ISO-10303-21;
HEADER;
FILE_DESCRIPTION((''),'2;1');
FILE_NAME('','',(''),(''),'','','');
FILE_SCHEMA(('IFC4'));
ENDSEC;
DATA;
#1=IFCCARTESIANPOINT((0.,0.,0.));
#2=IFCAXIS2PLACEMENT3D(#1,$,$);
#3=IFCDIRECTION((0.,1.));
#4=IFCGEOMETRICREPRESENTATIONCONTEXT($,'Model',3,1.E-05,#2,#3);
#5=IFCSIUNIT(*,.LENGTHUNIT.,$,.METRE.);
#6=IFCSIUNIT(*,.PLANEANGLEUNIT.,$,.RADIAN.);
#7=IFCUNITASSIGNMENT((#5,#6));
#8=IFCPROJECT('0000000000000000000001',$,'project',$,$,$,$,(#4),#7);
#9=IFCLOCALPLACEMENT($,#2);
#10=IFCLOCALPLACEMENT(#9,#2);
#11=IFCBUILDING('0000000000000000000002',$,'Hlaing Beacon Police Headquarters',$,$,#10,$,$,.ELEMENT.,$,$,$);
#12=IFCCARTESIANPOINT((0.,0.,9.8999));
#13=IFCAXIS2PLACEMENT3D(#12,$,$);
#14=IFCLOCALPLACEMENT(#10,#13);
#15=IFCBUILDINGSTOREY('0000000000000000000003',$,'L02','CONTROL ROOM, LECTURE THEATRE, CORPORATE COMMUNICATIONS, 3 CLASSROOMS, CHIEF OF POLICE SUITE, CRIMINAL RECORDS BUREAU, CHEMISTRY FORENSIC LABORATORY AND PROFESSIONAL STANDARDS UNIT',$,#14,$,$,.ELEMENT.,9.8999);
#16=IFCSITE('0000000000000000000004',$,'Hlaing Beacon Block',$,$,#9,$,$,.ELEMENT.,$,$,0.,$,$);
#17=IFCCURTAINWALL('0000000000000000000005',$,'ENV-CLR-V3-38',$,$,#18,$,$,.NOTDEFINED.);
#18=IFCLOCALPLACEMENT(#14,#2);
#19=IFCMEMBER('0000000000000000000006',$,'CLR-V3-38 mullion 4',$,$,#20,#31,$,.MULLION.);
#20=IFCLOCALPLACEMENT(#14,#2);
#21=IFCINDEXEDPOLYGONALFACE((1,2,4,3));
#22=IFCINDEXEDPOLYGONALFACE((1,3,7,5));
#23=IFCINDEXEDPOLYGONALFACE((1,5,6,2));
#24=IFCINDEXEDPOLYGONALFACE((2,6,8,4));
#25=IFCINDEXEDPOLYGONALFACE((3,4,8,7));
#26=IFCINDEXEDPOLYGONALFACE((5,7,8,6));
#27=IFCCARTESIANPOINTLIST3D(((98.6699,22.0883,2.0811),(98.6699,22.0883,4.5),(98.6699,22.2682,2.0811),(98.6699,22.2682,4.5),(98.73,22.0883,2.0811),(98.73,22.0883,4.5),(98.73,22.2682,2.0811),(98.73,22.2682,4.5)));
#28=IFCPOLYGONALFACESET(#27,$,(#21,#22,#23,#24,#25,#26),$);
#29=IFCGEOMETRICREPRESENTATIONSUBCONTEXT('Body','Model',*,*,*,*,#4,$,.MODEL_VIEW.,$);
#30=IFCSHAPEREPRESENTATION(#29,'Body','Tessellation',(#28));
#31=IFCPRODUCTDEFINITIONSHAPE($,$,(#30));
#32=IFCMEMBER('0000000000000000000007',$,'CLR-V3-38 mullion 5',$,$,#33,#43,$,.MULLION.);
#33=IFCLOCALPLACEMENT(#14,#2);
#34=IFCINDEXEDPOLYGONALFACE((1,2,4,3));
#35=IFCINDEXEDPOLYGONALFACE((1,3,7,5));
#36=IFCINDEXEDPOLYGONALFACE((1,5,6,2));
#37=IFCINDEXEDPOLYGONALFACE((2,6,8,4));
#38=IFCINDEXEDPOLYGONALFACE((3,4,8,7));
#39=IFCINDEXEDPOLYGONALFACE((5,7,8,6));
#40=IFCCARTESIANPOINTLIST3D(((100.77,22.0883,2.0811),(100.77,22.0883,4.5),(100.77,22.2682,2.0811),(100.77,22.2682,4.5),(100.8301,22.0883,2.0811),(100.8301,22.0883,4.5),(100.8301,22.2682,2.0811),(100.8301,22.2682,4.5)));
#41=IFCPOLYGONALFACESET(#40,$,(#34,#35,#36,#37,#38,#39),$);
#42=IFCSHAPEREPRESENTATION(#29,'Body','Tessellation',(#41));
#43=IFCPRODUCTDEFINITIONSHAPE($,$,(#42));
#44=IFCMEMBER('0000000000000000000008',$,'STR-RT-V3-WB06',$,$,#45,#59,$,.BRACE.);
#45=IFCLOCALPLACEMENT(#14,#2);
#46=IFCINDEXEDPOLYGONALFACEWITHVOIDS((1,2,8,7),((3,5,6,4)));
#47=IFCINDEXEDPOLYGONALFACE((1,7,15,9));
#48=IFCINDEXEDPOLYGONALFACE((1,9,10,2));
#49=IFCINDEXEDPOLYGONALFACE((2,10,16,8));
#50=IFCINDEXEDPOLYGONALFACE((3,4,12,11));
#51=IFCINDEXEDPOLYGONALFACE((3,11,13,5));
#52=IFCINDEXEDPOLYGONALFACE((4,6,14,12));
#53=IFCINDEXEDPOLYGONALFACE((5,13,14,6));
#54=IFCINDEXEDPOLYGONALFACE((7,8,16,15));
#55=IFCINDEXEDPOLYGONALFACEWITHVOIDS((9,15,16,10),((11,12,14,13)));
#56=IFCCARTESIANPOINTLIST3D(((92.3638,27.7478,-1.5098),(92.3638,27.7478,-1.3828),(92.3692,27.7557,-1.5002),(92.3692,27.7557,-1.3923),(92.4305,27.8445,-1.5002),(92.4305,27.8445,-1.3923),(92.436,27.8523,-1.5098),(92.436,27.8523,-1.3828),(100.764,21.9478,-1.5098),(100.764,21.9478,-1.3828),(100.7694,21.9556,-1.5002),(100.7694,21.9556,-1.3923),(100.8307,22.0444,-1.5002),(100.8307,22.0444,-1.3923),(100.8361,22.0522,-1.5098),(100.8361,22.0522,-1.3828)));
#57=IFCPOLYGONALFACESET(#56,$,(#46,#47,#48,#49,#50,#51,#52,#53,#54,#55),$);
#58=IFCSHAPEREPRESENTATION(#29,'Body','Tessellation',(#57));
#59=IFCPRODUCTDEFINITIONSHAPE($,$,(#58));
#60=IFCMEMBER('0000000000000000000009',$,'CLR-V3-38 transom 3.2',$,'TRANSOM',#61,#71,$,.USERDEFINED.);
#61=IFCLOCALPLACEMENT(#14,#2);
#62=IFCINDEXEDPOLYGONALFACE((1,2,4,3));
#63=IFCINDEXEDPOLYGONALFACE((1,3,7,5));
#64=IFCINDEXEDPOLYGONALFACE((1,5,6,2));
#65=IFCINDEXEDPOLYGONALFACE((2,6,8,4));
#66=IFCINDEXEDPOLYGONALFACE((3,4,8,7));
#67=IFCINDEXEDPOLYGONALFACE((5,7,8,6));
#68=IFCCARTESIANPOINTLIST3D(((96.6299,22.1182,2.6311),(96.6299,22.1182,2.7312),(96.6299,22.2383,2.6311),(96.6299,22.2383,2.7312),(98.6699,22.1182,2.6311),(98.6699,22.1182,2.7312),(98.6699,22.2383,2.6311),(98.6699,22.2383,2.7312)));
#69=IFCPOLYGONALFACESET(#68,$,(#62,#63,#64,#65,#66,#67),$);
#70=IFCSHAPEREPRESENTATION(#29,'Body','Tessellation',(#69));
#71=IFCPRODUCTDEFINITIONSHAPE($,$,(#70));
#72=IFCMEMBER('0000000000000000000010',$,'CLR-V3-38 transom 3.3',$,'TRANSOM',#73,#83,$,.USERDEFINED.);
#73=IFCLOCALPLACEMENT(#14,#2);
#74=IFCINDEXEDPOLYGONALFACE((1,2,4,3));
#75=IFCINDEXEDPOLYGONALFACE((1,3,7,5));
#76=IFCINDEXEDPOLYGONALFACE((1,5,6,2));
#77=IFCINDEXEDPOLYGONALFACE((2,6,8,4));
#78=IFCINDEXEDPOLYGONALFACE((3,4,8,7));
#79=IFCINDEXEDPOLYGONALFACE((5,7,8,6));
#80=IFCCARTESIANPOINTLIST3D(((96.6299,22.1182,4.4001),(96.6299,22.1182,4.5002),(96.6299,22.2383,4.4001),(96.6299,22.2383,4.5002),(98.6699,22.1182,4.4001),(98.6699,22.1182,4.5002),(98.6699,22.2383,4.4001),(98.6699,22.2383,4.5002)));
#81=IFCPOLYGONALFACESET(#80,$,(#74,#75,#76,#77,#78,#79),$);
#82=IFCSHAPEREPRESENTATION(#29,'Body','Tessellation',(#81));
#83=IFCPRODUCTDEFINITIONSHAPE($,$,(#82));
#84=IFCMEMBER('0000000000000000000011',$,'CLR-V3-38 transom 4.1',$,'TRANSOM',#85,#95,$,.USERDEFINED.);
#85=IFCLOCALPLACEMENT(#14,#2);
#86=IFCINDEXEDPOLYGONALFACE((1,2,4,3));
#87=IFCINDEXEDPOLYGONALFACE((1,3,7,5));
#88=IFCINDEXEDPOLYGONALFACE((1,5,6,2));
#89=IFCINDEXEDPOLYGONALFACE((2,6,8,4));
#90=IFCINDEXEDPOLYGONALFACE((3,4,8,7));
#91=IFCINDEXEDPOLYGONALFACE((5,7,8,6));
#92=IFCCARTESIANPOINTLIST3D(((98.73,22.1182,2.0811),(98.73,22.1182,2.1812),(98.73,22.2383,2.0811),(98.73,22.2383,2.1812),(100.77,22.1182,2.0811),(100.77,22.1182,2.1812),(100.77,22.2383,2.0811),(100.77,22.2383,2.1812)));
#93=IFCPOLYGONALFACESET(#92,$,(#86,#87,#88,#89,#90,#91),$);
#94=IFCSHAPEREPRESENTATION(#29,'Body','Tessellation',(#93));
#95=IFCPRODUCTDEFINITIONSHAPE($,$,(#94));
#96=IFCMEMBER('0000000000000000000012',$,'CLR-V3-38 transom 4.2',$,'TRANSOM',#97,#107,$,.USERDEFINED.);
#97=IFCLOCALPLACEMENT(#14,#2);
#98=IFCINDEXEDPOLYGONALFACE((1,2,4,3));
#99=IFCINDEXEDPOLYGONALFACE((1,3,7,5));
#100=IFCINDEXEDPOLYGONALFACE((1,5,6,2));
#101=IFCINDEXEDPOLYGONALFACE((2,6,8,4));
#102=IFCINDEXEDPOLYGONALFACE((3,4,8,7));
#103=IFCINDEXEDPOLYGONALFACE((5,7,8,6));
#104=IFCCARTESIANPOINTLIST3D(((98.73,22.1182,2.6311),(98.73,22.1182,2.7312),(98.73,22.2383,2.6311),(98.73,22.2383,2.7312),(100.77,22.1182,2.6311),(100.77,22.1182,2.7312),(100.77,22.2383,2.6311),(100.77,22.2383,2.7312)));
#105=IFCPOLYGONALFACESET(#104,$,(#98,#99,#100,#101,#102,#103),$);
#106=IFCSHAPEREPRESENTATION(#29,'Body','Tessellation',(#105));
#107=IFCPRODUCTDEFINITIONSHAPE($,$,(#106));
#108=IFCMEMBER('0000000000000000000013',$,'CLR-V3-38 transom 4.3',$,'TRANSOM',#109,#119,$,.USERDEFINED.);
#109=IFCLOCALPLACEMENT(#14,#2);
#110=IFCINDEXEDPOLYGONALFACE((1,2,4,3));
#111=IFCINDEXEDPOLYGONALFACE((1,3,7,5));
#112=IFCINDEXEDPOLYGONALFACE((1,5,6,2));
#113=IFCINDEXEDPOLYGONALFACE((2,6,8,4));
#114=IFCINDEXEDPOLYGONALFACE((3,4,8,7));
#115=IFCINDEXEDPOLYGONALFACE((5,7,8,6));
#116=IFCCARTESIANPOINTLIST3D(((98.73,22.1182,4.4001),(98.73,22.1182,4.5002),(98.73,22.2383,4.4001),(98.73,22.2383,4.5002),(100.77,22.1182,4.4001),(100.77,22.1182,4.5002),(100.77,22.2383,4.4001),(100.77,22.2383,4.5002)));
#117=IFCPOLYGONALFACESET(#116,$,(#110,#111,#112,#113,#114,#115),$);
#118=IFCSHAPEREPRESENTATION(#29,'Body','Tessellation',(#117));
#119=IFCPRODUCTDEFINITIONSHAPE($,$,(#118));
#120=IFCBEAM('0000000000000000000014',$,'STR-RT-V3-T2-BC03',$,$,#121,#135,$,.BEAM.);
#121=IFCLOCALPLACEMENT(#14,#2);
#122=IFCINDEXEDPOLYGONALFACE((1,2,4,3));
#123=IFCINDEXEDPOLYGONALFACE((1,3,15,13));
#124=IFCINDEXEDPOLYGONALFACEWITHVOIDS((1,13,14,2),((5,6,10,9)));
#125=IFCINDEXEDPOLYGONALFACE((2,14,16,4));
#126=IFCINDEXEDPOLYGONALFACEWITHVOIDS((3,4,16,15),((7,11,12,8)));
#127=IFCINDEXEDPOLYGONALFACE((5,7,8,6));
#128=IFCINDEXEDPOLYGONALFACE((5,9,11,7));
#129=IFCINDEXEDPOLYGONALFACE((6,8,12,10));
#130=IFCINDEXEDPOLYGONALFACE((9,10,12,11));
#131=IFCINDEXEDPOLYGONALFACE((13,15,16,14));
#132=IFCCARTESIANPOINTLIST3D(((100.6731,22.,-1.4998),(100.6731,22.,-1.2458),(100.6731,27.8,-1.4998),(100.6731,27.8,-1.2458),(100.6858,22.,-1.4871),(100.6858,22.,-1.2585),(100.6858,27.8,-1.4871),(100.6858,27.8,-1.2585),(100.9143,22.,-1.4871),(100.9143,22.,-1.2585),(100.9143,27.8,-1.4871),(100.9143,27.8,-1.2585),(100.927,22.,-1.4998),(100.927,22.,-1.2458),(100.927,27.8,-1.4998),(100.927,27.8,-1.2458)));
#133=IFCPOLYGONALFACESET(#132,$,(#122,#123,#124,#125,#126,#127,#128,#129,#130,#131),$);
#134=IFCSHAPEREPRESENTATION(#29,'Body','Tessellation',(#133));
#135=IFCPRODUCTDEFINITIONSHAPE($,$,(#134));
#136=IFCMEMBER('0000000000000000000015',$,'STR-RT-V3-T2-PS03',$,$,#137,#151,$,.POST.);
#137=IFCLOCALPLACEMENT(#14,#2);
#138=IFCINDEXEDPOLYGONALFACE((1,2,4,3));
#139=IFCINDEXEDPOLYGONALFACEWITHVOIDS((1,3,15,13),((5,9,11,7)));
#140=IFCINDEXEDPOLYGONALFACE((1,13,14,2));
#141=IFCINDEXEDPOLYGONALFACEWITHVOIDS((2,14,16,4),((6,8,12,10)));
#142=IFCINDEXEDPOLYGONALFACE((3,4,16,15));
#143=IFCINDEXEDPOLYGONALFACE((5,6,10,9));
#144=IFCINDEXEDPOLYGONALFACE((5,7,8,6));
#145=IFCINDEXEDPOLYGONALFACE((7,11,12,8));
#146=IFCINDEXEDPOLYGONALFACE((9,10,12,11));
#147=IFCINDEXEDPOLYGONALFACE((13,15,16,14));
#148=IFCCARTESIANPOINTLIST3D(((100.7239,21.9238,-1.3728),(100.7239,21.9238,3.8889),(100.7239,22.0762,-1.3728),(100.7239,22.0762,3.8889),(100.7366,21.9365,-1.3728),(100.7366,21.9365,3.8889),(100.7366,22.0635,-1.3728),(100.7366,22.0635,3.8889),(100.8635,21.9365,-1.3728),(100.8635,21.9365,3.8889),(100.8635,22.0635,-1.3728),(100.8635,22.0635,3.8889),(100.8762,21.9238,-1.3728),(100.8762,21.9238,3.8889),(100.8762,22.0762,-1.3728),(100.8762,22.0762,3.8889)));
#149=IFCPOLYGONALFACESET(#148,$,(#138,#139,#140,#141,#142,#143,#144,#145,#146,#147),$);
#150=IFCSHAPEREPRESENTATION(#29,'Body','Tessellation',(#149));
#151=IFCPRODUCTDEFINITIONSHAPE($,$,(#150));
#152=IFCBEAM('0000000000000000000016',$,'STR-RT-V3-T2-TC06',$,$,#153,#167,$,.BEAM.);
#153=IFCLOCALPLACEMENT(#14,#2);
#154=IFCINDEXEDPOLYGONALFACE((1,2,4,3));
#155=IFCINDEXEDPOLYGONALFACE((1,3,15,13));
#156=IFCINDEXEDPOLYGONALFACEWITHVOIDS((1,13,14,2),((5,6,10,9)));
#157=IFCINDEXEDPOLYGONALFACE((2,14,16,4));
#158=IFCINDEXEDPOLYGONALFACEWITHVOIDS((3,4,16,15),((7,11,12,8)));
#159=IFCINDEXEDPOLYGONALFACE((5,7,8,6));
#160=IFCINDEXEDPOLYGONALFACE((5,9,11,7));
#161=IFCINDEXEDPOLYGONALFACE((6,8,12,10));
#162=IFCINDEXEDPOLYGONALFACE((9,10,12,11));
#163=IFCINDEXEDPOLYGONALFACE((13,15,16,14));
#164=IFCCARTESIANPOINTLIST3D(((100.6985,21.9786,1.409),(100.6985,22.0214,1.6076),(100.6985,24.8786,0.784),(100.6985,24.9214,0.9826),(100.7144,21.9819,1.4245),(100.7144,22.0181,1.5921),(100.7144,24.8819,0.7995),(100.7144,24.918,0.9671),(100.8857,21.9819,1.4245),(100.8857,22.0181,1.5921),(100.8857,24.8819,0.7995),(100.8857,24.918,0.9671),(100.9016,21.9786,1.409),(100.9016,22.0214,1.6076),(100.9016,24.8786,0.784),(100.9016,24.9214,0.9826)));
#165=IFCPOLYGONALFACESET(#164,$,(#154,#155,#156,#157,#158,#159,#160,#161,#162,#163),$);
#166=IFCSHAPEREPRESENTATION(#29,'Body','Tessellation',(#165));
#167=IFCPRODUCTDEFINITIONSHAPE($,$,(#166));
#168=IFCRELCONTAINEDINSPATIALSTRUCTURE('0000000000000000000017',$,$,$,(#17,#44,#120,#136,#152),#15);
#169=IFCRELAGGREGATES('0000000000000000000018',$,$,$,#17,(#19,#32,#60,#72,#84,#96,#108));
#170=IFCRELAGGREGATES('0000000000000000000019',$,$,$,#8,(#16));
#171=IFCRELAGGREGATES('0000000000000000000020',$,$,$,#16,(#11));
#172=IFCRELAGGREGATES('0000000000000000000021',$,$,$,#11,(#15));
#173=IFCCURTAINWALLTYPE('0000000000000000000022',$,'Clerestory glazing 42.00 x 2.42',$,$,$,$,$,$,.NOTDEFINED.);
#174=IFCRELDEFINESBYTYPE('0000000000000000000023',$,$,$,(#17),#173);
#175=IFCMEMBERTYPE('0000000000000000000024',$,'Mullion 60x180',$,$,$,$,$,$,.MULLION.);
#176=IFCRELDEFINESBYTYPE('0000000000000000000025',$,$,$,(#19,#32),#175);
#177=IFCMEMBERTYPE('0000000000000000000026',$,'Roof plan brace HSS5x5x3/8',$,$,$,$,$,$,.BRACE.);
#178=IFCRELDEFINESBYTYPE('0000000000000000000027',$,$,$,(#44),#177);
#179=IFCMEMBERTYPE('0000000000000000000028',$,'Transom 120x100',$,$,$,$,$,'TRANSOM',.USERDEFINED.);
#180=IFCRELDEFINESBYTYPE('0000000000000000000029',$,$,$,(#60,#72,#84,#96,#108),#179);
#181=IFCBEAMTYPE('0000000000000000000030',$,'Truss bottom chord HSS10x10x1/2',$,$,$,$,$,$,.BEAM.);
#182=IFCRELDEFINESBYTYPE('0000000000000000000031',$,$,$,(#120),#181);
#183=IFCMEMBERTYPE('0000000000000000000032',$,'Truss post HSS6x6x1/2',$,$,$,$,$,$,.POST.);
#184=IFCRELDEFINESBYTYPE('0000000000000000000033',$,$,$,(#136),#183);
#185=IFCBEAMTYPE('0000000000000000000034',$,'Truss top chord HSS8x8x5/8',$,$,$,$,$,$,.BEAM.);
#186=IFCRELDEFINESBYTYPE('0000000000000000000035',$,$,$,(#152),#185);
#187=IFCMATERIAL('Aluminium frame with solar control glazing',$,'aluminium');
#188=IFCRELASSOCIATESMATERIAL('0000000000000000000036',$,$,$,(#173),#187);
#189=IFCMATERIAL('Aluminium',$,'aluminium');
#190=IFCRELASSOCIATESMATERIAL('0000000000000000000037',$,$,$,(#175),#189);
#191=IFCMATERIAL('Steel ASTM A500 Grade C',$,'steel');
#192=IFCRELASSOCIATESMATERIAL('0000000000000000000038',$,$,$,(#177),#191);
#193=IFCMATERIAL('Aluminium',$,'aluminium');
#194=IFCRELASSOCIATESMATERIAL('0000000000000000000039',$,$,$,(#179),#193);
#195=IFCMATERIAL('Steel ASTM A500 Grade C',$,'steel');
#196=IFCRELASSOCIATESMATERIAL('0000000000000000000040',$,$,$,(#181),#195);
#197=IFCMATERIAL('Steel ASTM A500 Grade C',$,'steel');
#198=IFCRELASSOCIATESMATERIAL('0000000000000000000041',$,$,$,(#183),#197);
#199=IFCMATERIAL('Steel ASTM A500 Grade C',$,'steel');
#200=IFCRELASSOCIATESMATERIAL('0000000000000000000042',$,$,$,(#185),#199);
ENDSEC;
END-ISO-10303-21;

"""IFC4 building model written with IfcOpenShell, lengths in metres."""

from ifc_helpers import new_model, si_unit, direction, frame, origin, origin_2d, place, context, subcontext, project, spatial, rectangle, hollow_rectangle, extrude, material, material_profile, profile_set, type_object, element, aggregate, save


model = new_model("IFC4")

# Units and contexts
model_context = context("Model", 3, precision=1e-05, world=origin(), true_north=direction((0.0, 1.0)))
body_context = subcontext(model_context, "Body", "Model", "MODEL_VIEW")
ifc_project = project(units=[si_unit("LENGTHUNIT", "METRE"), si_unit("PLANEANGLEUNIT", "RADIAN")], contexts=[model_context])

# Site, building, storey
site_placement = place(None, origin())
site = spatial("IfcSite", under=ifc_project, at=site_placement, Name="Hlaing Beacon Block", CompositionType="ELEMENT", RefElevation=0.0)
building_placement = place(site_placement, origin())
building = spatial("IfcBuilding", under=site, at=building_placement, Name="Hlaing Beacon Police Headquarters", CompositionType="ELEMENT")
storey_placement = place(building_placement, frame((0.0, 0.0, 9.8999)))
storey = spatial("IfcBuildingStorey", under=building, at=storey_placement, Name="L02", Description="CONTROL ROOM, LECTURE THEATRE, CORPORATE COMMUNICATIONS, 3 CLASSROOMS, CHIEF OF POLICE SUITE, CRIMINAL RECORDS BUREAU, CHEMISTRY FORENSIC LABORATORY AND PROFESSIONAL STANDARDS UNIT", CompositionType="ELEMENT", Elevation=9.8999)

# Curtain wall, members
ifc_material_1 = material(Name="Aluminium frame with solar control glazing", Category="aluminium")
curtain_wall_type = type_object("IfcCurtainWallType", Name="Clerestory glazing 42.00 x 2.42", PredefinedType="NOTDEFINED", material=ifc_material_1)
curtain_wall_placement = place(storey_placement, origin())
curtain_wall = element("IfcCurtainWall", 1, at=curtain_wall_placement, inside=storey, type_object=curtain_wall_type, Name="ENV-CLR-V3-38", PredefinedType="NOTDEFINED")
ifc_material_2 = material(Name="Aluminium", Category="aluminium")
ifc_material_profile_1 = material_profile(ifc_material_2, rectangle(XDim=0.1799, YDim=0.0601, at=origin_2d()), Name="Mullion 60x180")
ifc_profile_set_1 = profile_set([ifc_material_profile_1], Name="Aluminium")
member_type_1 = type_object("IfcMemberType", Name="Mullion 60x180", PredefinedType="MULLION", material=ifc_profile_set_1)
member_1_placement = place(storey_placement, frame((98.7, 22.1782, 2.0811), z_axis=(0.0, 0.0, 1.0), x_axis=(0.0, 1.0, 0.0)))
member_1 = element("IfcMember", 2, at=member_1_placement, type_object=member_type_1, Name="CLR-V3-38 mullion 4", PredefinedType="MULLION", context=body_context, shape_type="SweptSolid", body=[
    extrude(rectangle(XDim=0.1799, YDim=0.0601, at=origin_2d()), origin(), (0.0, 0.0, 1.0), 2.4189),
])
member_2_placement = place(storey_placement, frame((100.8, 22.1782, 2.0811), z_axis=(0.0, 0.0, 1.0), x_axis=(0.0, 1.0, 0.0)))
member_2 = element("IfcMember", 3, at=member_2_placement, type_object=member_type_1, Name="CLR-V3-38 mullion 5", PredefinedType="MULLION", context=body_context, shape_type="SweptSolid", body=[
    extrude(rectangle(XDim=0.1799, YDim=0.0601, at=origin_2d()), origin(), (0.0, 0.0, 1.0), 2.4189),
])

# Members
ifc_material_3 = material(Name="Steel ASTM A500 Grade C", Category="steel")
ifc_material_profile_2 = material_profile(ifc_material_3, hollow_rectangle(XDim=0.127, YDim=0.127, WallThickness=0.0095, at=origin_2d()), Name="HSS5x5x3/8")
ifc_profile_set_2 = profile_set([ifc_material_profile_2], Name="Steel ASTM A500 Grade C")
member_type_2 = type_object("IfcMemberType", Name="Roof plan brace HSS5x5x3/8", PredefinedType="BRACE", material=ifc_profile_set_2)
member_3_placement = place(storey_placement, frame((100.8, 22.0, -1.4463), z_axis=(-0.822899, 0.568187, 0.0), x_axis=(-0.568187, -0.822899, 0.0)))
element("IfcMember", 4, at=member_3_placement, inside=storey, type_object=member_type_2, Name="STR-RT-V3-WB06", PredefinedType="BRACE", context=body_context, shape_type="SweptSolid", body=[
    extrude(hollow_rectangle(XDim=0.127, YDim=0.127, WallThickness=0.0095, at=origin_2d()), origin(), (0.0, 0.0, 1.0), 10.208),
])
ifc_material_4 = material(Name="Aluminium", Category="aluminium")
ifc_material_profile_3 = material_profile(ifc_material_4, rectangle(XDim=0.1201, YDim=0.1001, at=origin_2d()), Name="Transom 120x100")
ifc_profile_set_3 = profile_set([ifc_material_profile_3], Name="Aluminium")
member_type_3 = type_object("IfcMemberType", Name="Transom 120x100", ElementType="TRANSOM", PredefinedType="USERDEFINED", material=ifc_profile_set_3)
member_4_placement = place(storey_placement, frame((96.6299, 22.1782, 2.6812), z_axis=(1.0, 0.0, 0.0), x_axis=(0.0, 1.0, 0.0)))
member_4 = element("IfcMember", 5, at=member_4_placement, type_object=member_type_3, Name="CLR-V3-38 transom 3.2", ObjectType="TRANSOM", PredefinedType="USERDEFINED", context=body_context, shape_type="SweptSolid", body=[
    extrude(rectangle(XDim=0.1201, YDim=0.1001, at=origin_2d()), origin(), (0.0, 0.0, 1.0), 2.04),
])
member_5_placement = place(storey_placement, frame((96.6299, 22.1782, 4.4502), z_axis=(1.0, 0.0, 0.0), x_axis=(0.0, 1.0, 0.0)))
member_5 = element("IfcMember", 6, at=member_5_placement, type_object=member_type_3, Name="CLR-V3-38 transom 3.3", ObjectType="TRANSOM", PredefinedType="USERDEFINED", context=body_context, shape_type="SweptSolid", body=[
    extrude(rectangle(XDim=0.1201, YDim=0.1001, at=origin_2d()), origin(), (0.0, 0.0, 1.0), 2.04),
])
member_6_placement = place(storey_placement, frame((98.73, 22.1782, 2.1311), z_axis=(1.0, 0.0, 0.0), x_axis=(0.0, 1.0, 0.0)))
member_6 = element("IfcMember", 7, at=member_6_placement, type_object=member_type_3, Name="CLR-V3-38 transom 4.1", ObjectType="TRANSOM", PredefinedType="USERDEFINED", context=body_context, shape_type="SweptSolid", body=[
    extrude(rectangle(XDim=0.1201, YDim=0.1001, at=origin_2d()), origin(), (0.0, 0.0, 1.0), 2.04),
])
member_7_placement = place(storey_placement, frame((98.73, 22.1782, 2.6812), z_axis=(1.0, 0.0, 0.0), x_axis=(0.0, 1.0, 0.0)))
member_7 = element("IfcMember", 8, at=member_7_placement, type_object=member_type_3, Name="CLR-V3-38 transom 4.2", ObjectType="TRANSOM", PredefinedType="USERDEFINED", context=body_context, shape_type="SweptSolid", body=[
    extrude(rectangle(XDim=0.1201, YDim=0.1001, at=origin_2d()), origin(), (0.0, 0.0, 1.0), 2.04),
])
member_8_placement = place(storey_placement, frame((98.73, 22.1782, 4.4502), z_axis=(1.0, 0.0, 0.0), x_axis=(0.0, 1.0, 0.0)))
member_8 = element("IfcMember", 9, at=member_8_placement, type_object=member_type_3, Name="CLR-V3-38 transom 4.3", ObjectType="TRANSOM", PredefinedType="USERDEFINED", context=body_context, shape_type="SweptSolid", body=[
    extrude(rectangle(XDim=0.1201, YDim=0.1001, at=origin_2d()), origin(), (0.0, 0.0, 1.0), 2.04),
])

# Beam
ifc_material_5 = material(Name="Steel ASTM A500 Grade C", Category="steel")
ifc_material_profile_4 = material_profile(ifc_material_5, hollow_rectangle(XDim=0.2539, YDim=0.2539, WallThickness=0.0127, at=origin_2d()), Name="HSS10x10x1/2")
ifc_profile_set_4 = profile_set([ifc_material_profile_4], Name="Steel ASTM A500 Grade C")
beam_type_1 = type_object("IfcBeamType", Name="Truss bottom chord HSS10x10x1/2", PredefinedType="BEAM", material=ifc_profile_set_4)
beam_1_placement = place(storey_placement, frame((100.8, 22.0, -1.3728), z_axis=(0.0, 1.0, 0.0), x_axis=(-1.0, 0.0, 0.0)))
element("IfcBeam", 10, at=beam_1_placement, inside=storey, type_object=beam_type_1, Name="STR-RT-V3-T2-BC03", PredefinedType="BEAM", context=body_context, shape_type="SweptSolid", body=[
    extrude(hollow_rectangle(XDim=0.2539, YDim=0.2539, WallThickness=0.0127, at=origin_2d()), origin(), (0.0, 0.0, 1.0), 5.8),
])

# Member
ifc_material_6 = material(Name="Steel ASTM A500 Grade C", Category="steel")
ifc_material_profile_5 = material_profile(ifc_material_6, hollow_rectangle(XDim=0.1523, YDim=0.1523, WallThickness=0.0127, at=origin_2d()), Name="HSS6x6x1/2")
ifc_profile_set_5 = profile_set([ifc_material_profile_5], Name="Steel ASTM A500 Grade C")
member_type_4 = type_object("IfcMemberType", Name="Truss post HSS6x6x1/2", PredefinedType="POST", material=ifc_profile_set_5)
member_9_placement = place(storey_placement, frame((100.8, 22.0, -1.3728), z_axis=(0.0, 0.0, 1.0), x_axis=(1.0, 0.0, 0.0)))
element("IfcMember", 11, at=member_9_placement, inside=storey, type_object=member_type_4, Name="STR-RT-V3-T2-PS03", PredefinedType="POST", context=body_context, shape_type="SweptSolid", body=[
    extrude(hollow_rectangle(XDim=0.1523, YDim=0.1523, WallThickness=0.0127, at=origin_2d()), origin(), (0.0, 0.0, 1.0), 5.2617),
])

# Beam
ifc_material_7 = material(Name="Steel ASTM A500 Grade C", Category="steel")
ifc_material_profile_6 = material_profile(ifc_material_7, hollow_rectangle(XDim=0.2031, YDim=0.2031, WallThickness=0.0159, at=origin_2d()), Name="HSS8x8x5/8")
ifc_profile_set_6 = profile_set([ifc_material_profile_6], Name="Steel ASTM A500 Grade C")
beam_type_2 = type_object("IfcBeamType", Name="Truss top chord HSS8x8x5/8", PredefinedType="BEAM", material=ifc_profile_set_6)
beam_2_placement = place(storey_placement, frame((100.8, 22.0, 1.5083), z_axis=(0.0, 0.977554, -0.210687), x_axis=(-1.0, 0.0, 0.0)))
element("IfcBeam", 12, at=beam_2_placement, inside=storey, type_object=beam_type_2, Name="STR-RT-V3-T2-TC06", PredefinedType="BEAM", context=body_context, shape_type="SweptSolid", body=[
    extrude(hollow_rectangle(XDim=0.2031, YDim=0.2031, WallThickness=0.0159, at=origin_2d()), origin(), (0.0, 0.0, 1.0), 2.9666),
])

aggregate(curtain_wall, [member_1, member_2, member_4, member_5, member_6, member_7, member_8])

save(model, "model.ifc")
